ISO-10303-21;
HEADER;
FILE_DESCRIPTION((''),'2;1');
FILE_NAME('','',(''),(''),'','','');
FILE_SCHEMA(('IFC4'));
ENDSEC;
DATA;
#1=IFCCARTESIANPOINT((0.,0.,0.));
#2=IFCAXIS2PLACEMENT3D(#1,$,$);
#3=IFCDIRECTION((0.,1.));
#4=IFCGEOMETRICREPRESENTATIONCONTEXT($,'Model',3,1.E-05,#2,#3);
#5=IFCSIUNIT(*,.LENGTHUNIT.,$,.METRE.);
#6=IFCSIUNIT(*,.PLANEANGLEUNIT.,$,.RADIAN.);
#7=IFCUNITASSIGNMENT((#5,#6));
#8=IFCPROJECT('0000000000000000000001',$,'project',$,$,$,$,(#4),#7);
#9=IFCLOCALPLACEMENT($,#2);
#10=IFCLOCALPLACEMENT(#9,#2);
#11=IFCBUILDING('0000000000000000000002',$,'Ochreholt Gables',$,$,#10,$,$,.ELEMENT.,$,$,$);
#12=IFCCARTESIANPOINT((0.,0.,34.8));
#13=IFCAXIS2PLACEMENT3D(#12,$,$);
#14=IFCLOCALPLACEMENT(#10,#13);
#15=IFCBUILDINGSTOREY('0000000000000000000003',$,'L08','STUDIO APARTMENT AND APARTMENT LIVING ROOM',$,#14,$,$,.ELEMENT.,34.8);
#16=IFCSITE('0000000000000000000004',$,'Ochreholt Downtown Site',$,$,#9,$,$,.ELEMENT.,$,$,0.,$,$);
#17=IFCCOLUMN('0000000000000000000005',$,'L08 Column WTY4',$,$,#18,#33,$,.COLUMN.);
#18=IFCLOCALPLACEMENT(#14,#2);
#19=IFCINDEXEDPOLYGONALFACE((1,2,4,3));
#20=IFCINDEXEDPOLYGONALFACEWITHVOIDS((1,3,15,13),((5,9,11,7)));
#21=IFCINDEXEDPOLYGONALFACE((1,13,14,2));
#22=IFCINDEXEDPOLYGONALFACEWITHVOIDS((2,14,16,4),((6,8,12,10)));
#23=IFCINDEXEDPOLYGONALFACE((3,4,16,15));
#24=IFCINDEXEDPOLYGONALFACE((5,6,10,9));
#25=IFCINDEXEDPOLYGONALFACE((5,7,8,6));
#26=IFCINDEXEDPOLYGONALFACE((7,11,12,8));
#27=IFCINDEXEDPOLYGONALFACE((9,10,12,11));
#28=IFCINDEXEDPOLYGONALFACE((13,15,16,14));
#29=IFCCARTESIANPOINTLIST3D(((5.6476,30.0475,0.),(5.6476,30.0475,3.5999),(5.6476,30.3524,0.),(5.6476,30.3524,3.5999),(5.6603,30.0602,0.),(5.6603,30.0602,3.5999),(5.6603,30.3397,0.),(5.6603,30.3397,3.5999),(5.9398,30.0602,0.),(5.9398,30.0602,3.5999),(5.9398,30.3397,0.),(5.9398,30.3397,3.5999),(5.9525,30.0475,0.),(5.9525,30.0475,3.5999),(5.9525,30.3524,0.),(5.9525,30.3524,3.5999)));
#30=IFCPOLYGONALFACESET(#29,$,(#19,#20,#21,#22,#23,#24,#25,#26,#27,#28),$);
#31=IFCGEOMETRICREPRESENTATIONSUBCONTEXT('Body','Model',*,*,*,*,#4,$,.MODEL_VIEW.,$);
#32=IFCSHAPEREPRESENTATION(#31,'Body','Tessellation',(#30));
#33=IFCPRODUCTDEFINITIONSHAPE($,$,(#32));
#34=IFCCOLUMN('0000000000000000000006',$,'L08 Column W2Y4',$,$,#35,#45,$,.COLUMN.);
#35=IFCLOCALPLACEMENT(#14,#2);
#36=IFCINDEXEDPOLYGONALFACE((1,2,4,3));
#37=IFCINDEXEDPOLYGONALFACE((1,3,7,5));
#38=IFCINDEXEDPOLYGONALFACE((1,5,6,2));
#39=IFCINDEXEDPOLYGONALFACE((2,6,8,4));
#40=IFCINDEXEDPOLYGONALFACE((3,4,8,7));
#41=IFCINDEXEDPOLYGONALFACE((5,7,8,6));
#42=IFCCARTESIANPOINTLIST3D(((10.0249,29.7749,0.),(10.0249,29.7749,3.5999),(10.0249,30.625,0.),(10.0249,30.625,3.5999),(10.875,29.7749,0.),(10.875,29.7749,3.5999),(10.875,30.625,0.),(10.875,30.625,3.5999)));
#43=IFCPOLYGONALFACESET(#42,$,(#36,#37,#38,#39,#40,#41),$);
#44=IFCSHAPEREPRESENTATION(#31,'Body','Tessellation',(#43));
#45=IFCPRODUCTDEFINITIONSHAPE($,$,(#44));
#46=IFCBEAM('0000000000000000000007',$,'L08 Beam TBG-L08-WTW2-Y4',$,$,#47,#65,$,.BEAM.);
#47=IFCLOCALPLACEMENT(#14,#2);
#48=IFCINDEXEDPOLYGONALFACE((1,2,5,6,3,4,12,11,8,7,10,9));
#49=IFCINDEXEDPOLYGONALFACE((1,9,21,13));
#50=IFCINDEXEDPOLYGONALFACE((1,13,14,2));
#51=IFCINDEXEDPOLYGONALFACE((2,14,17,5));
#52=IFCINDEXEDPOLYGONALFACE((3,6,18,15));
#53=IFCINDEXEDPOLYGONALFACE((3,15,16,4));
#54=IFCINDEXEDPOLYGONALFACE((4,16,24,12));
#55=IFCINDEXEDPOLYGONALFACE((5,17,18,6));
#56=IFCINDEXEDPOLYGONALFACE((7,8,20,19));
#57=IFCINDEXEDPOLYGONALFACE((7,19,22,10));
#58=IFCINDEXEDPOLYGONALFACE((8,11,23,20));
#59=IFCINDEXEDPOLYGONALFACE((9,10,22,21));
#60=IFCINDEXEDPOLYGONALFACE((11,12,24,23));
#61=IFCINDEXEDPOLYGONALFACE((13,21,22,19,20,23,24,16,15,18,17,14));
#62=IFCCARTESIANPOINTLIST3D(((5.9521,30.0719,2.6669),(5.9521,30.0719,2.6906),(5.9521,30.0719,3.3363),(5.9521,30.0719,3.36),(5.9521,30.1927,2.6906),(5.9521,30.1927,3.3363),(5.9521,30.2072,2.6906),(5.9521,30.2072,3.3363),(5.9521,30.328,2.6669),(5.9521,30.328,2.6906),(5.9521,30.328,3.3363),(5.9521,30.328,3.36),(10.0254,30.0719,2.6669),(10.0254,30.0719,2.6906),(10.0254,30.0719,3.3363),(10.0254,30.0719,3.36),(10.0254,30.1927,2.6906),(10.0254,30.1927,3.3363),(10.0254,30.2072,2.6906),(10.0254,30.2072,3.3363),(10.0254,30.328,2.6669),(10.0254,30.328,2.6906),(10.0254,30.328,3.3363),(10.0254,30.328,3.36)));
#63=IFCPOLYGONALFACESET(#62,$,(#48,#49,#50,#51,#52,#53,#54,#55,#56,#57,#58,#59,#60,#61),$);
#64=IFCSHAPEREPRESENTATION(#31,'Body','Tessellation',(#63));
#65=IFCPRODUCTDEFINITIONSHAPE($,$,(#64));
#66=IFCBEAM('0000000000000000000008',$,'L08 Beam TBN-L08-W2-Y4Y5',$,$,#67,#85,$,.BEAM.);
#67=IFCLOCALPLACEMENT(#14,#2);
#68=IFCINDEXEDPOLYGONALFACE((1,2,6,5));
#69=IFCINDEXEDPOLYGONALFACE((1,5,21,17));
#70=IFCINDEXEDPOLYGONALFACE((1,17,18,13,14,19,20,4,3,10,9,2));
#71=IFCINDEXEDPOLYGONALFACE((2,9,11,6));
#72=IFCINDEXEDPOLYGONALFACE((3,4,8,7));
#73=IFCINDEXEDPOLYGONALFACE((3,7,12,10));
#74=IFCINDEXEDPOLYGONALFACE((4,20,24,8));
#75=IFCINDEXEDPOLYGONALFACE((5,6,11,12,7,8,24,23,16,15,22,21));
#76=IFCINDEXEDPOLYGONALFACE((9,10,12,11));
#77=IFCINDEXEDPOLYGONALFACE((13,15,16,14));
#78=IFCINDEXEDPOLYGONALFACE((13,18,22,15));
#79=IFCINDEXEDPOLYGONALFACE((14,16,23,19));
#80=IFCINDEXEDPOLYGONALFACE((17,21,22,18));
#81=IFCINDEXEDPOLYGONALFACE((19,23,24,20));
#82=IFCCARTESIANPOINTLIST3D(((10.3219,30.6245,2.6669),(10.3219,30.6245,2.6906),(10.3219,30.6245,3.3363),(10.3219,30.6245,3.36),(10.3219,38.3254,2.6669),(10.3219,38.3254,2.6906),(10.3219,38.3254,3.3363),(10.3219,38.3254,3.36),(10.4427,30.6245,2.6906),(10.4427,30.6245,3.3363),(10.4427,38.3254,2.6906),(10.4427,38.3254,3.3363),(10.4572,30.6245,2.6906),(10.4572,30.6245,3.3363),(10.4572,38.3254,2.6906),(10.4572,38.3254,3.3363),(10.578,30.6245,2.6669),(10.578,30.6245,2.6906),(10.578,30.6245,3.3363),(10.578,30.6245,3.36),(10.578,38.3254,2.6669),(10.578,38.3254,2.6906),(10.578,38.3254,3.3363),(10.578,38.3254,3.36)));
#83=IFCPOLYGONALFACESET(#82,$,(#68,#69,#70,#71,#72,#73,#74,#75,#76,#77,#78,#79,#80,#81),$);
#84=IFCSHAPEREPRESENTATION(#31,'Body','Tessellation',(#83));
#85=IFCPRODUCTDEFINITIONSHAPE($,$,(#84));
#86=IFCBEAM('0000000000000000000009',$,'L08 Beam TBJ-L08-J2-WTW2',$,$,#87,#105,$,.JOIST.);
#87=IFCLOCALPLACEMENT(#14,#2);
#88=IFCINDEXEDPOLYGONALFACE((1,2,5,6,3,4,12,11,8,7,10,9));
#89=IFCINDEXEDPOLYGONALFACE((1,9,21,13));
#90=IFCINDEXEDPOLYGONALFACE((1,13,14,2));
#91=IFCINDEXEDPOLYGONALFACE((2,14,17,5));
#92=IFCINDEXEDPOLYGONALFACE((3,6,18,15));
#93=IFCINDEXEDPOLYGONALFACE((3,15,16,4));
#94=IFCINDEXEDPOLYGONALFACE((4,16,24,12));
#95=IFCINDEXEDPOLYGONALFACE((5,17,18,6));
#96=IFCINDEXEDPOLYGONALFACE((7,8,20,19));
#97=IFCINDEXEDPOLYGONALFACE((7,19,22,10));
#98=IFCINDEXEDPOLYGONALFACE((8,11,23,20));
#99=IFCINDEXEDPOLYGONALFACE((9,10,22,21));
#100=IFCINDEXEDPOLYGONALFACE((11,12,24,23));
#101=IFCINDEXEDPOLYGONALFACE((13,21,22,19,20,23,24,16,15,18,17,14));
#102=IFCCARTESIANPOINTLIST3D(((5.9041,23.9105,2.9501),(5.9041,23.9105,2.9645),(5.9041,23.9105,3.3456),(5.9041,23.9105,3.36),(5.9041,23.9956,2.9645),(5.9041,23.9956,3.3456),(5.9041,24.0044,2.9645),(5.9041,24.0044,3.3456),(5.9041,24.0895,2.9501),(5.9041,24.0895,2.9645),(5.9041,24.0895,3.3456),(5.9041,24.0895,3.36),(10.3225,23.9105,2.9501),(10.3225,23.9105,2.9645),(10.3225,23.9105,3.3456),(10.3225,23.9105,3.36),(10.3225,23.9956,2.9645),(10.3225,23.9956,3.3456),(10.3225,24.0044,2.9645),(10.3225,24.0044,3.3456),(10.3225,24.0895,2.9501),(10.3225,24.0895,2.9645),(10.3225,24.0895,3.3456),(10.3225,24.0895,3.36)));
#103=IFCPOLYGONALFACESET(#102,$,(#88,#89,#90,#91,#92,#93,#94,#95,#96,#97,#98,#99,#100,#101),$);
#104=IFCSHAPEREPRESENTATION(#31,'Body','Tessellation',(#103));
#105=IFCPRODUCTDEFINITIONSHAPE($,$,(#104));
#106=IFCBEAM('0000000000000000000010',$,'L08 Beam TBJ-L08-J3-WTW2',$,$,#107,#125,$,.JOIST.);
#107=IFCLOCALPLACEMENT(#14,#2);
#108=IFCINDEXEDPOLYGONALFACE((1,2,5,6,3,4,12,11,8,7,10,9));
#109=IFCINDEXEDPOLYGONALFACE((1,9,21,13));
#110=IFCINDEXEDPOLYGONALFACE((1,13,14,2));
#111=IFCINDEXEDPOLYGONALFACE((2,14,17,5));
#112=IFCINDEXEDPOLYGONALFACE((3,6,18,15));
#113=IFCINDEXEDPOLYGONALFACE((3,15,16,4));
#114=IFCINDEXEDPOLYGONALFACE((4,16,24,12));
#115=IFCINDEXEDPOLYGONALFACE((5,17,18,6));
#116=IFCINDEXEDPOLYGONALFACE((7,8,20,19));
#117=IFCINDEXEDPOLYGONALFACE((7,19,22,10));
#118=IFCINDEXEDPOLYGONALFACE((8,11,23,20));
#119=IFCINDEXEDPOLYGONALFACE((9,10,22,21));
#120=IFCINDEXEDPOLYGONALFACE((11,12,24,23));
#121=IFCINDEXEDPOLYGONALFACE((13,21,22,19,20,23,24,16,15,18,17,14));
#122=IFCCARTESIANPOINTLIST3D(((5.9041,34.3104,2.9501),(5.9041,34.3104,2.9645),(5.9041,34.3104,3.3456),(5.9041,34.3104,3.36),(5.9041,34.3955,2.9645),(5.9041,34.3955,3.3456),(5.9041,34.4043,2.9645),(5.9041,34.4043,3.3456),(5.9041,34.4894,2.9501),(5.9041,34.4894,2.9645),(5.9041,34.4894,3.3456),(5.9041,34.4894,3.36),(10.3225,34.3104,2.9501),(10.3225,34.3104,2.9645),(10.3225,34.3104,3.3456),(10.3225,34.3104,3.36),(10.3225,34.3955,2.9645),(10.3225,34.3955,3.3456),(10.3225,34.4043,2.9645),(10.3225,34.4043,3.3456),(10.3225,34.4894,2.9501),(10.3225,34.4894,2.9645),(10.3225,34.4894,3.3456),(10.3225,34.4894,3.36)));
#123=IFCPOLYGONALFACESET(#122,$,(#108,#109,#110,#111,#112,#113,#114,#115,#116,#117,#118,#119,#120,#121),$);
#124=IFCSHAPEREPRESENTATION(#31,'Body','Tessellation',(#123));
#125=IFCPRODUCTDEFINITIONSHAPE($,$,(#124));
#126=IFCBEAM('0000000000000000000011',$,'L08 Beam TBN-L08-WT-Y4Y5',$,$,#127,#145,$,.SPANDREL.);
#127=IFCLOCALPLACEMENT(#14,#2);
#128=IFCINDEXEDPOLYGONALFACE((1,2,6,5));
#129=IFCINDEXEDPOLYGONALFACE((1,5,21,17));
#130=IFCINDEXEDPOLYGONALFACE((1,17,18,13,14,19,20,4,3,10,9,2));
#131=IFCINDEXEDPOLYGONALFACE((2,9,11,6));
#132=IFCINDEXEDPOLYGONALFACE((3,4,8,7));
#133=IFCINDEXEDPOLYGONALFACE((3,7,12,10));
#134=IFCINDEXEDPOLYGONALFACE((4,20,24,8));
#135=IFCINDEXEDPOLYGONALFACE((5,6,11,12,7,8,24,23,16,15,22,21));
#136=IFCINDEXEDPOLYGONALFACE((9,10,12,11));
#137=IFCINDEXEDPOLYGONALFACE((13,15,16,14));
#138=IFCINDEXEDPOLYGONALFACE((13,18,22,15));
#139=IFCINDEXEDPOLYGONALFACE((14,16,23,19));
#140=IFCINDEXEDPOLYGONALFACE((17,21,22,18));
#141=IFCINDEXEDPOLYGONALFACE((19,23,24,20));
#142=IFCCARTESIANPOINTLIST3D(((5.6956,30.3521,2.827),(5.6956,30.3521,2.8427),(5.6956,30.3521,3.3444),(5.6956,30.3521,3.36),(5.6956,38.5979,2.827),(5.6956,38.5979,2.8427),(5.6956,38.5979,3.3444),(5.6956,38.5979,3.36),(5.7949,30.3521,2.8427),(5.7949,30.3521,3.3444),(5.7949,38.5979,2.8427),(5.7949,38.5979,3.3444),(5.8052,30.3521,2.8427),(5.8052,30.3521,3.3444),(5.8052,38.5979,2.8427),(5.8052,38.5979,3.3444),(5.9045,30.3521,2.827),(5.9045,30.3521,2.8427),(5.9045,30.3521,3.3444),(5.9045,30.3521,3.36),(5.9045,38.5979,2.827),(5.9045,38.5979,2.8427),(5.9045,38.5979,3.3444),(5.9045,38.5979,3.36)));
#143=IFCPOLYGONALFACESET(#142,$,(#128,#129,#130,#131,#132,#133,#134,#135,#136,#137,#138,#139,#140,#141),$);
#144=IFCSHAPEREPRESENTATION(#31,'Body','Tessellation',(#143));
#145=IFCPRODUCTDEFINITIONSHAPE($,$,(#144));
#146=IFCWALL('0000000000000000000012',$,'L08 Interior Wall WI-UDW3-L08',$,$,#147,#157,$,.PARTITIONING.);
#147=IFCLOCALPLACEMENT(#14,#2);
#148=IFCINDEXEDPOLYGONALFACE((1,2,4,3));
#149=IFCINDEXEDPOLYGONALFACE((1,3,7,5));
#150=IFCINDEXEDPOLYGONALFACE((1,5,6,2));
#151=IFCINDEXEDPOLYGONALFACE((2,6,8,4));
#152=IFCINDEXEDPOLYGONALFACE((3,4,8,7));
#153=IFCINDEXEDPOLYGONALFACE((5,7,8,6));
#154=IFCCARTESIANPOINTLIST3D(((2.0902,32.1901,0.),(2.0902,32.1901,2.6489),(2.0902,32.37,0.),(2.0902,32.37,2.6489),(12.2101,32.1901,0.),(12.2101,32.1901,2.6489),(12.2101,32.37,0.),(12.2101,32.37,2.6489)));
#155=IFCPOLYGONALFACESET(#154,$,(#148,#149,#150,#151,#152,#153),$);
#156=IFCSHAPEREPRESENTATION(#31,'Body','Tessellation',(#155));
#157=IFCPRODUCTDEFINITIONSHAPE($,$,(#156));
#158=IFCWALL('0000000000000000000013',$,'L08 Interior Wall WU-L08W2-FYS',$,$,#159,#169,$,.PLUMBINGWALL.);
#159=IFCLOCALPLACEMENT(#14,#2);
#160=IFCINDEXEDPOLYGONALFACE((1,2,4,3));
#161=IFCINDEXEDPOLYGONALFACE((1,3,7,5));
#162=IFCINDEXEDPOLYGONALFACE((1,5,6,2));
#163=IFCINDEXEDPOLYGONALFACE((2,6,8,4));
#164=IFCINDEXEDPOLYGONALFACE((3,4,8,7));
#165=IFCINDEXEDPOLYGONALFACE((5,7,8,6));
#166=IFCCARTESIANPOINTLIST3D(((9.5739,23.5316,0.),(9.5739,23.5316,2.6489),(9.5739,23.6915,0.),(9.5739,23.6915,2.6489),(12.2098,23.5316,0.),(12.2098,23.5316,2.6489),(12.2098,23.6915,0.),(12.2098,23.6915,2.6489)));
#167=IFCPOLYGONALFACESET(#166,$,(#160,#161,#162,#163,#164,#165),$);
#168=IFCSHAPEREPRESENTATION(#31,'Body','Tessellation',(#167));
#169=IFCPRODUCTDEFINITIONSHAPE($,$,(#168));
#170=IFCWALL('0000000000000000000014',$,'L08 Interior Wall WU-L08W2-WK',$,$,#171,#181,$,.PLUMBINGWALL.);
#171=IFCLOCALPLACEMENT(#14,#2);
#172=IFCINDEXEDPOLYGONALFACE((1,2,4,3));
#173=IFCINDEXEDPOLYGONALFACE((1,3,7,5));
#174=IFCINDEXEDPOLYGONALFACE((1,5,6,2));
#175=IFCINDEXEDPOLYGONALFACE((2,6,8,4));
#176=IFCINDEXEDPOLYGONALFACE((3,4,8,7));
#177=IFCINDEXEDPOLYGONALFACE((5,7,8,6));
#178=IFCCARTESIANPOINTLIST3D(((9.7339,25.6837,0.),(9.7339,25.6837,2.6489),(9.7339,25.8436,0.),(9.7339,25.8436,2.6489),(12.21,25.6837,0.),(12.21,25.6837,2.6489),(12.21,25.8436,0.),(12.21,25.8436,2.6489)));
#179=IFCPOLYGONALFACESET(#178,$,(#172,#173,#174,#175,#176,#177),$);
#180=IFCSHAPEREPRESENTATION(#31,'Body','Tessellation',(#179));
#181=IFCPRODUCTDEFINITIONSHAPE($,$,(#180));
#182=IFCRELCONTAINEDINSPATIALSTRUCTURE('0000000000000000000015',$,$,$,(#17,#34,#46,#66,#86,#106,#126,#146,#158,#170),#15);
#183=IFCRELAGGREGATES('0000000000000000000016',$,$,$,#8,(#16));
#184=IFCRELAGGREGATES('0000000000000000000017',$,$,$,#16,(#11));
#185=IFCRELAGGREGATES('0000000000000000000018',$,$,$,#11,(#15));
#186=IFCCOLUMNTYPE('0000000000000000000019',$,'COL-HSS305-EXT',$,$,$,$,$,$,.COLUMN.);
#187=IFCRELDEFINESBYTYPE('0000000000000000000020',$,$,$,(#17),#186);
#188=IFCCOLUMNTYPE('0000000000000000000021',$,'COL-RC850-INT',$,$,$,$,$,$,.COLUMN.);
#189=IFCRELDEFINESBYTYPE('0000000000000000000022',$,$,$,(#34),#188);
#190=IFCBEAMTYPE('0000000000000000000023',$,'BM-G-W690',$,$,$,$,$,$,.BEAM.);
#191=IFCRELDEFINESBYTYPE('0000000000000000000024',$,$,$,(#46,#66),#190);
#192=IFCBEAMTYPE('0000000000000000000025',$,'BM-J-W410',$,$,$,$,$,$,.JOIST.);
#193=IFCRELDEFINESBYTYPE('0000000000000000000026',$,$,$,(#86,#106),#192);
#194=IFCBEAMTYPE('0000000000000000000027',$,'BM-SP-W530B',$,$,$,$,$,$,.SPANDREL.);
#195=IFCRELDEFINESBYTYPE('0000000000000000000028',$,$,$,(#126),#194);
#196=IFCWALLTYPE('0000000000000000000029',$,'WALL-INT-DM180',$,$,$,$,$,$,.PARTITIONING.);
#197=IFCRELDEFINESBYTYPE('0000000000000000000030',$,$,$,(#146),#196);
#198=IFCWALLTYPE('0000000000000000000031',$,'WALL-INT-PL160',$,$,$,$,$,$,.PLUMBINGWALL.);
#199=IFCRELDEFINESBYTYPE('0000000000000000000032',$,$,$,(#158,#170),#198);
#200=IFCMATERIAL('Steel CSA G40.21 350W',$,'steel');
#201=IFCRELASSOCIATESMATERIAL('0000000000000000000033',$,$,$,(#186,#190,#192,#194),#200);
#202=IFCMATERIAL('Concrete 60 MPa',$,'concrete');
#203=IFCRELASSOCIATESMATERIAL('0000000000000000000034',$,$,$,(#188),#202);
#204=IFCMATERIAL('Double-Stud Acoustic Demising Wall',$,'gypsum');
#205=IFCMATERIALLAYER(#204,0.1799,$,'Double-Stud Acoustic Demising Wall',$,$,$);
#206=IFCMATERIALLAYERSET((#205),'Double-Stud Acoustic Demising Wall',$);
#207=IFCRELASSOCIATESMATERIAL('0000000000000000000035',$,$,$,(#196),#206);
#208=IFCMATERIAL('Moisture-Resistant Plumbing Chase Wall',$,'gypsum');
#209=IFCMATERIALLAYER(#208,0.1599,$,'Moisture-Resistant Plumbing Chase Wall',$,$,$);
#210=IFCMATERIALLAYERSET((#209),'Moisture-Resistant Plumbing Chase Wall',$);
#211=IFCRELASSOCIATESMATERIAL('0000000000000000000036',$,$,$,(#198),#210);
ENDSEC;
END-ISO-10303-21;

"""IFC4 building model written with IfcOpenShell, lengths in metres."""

from ifc_helpers import new_model, si_unit, direction, frame, frame_2d, origin, origin_2d, place, context, subcontext, project, spatial, rectangle, hollow_rectangle, i_section, extrude, material, layer, layer_set, material_profile, profile_set, type_object, element, save


model = new_model("IFC4")

# Units and contexts
model_context = context("Model", 3, precision=1e-05, world=origin(), true_north=direction((0.0, 1.0)))
body_context = subcontext(model_context, "Body", "Model", "MODEL_VIEW")
ifc_project = project(units=[si_unit("LENGTHUNIT", "METRE"), si_unit("PLANEANGLEUNIT", "RADIAN")], contexts=[model_context])

# Site, building, storey
site_placement = place(None, origin())
site = spatial("IfcSite", under=ifc_project, at=site_placement, Name="Ochreholt Downtown Site", CompositionType="ELEMENT", RefElevation=0.0)
building_placement = place(site_placement, origin())
building = spatial("IfcBuilding", under=site, at=building_placement, Name="Ochreholt Gables", CompositionType="ELEMENT")
storey_placement = place(building_placement, frame((0.0, 0.0, 34.8)))
storey = spatial("IfcBuildingStorey", under=building, at=storey_placement, Name="L08", Description="STUDIO APARTMENT AND APARTMENT LIVING ROOM", CompositionType="ELEMENT", Elevation=34.8)

# Columns
ifc_material_1 = material(Name="Steel CSA G40.21 350W", Category="steel")
ifc_material_profile_1 = material_profile(ifc_material_1, hollow_rectangle(XDim=0.3049, YDim=0.3049, WallThickness=0.0127, at=origin_2d()), Name="HSS305X305X13")
ifc_profile_set_1 = profile_set([ifc_material_profile_1], Name="Steel CSA G40.21 350W")
column_type_1 = type_object("IfcColumnType", Name="COL-HSS305-EXT", PredefinedType="COLUMN", material=ifc_profile_set_1)
column_1_placement = place(storey_placement, frame((5.8, 30.2, 0.0), z_axis=(0.0, 0.0, 1.0), x_axis=(1.0, 0.0, 0.0)))
element("IfcColumn", 1, at=column_1_placement, inside=storey, type_object=column_type_1, Name="L08 Column WTY4", PredefinedType="COLUMN", context=body_context, shape_type="SweptSolid", body=[
    extrude(hollow_rectangle(XDim=0.3049, YDim=0.3049, WallThickness=0.0127, at=origin_2d()), origin(), (0.0, 0.0, 1.0), 3.5999),
])
ifc_material_2 = material(Name="Concrete 60 MPa", Category="concrete")
ifc_material_profile_2 = material_profile(ifc_material_2, rectangle(XDim=0.8501, YDim=0.8501, at=origin_2d()), Name="RC850X850")
ifc_profile_set_2 = profile_set([ifc_material_profile_2], Name="Concrete 60 MPa")
column_type_2 = type_object("IfcColumnType", Name="COL-RC850-INT", PredefinedType="COLUMN", material=ifc_profile_set_2)
column_2_placement = place(storey_placement, frame((10.45, 30.2, 0.0), z_axis=(0.0, 0.0, 1.0), x_axis=(1.0, 0.0, 0.0)))
element("IfcColumn", 2, at=column_2_placement, inside=storey, type_object=column_type_2, Name="L08 Column W2Y4", PredefinedType="COLUMN", context=body_context, shape_type="SweptSolid", body=[
    extrude(rectangle(XDim=0.8501, YDim=0.8501, at=origin_2d()), origin(), (0.0, 0.0, 1.0), 3.5999),
])

# Beams
ifc_material_profile_3 = material_profile(ifc_material_1, i_section(OverallWidth=0.2561, OverallDepth=0.6931, WebThickness=0.0144, FlangeThickness=0.0237, at=origin_2d()), Name="W690X170")
ifc_profile_set_3 = profile_set([ifc_material_profile_3], Name="Steel CSA G40.21 350W")
beam_type_1 = type_object("IfcBeamType", Name="BM-G-W690", PredefinedType="BEAM", material=ifc_profile_set_3)
beam_1_placement = place(storey_placement, frame((5.9521, 30.2, 3.0134), z_axis=(1.0, 0.0, 0.0), x_axis=(0.0, 1.0, 0.0)))
element("IfcBeam", 3, at=beam_1_placement, inside=storey, type_object=beam_type_1, Name="L08 Beam TBG-L08-WTW2-Y4", PredefinedType="BEAM", context=body_context, shape_type="SweptSolid", body=[
    extrude(i_section(OverallWidth=0.2561, OverallDepth=0.6931, WebThickness=0.0144, FlangeThickness=0.0237, at=origin_2d()), origin(), (0.0, 0.0, 1.0), 4.0732),
])
beam_2_placement = place(storey_placement, frame((10.45, 30.6245, 3.0134), z_axis=(0.0, 1.0, 0.0), x_axis=(-1.0, 0.0, 0.0)))
element("IfcBeam", 4, at=beam_2_placement, inside=storey, type_object=beam_type_1, Name="L08 Beam TBN-L08-W2-Y4Y5", PredefinedType="BEAM", context=body_context, shape_type="SweptSolid", body=[
    extrude(i_section(OverallWidth=0.2561, OverallDepth=0.6931, WebThickness=0.0144, FlangeThickness=0.0237, at=origin_2d()), origin(), (0.0, 0.0, 1.0), 7.7009),
])
ifc_material_profile_4 = material_profile(ifc_material_1, i_section(OverallWidth=0.179, OverallDepth=0.4099, WebThickness=0.0088, FlangeThickness=0.0144, at=origin_2d()), Name="W410X67")
ifc_profile_set_4 = profile_set([ifc_material_profile_4], Name="Steel CSA G40.21 350W")
beam_type_2 = type_object("IfcBeamType", Name="BM-J-W410", PredefinedType="JOIST", material=ifc_profile_set_4)
for number, where, z_axis, x_axis, name in (
    (5, (5.9041, 24.0, 3.155), (1.0, 0.0, 0.0), (0.0, 1.0, 0.0), "L08 Beam TBJ-L08-J2-WTW2"),
    (6, (5.9041, 34.3999, 3.155), (1.0, 0.0, 0.0), (0.0, 1.0, 0.0), "L08 Beam TBJ-L08-J3-WTW2"),
):
    element("IfcBeam", number, at=place(storey_placement, frame(where, z_axis=z_axis, x_axis=x_axis)), inside=storey, type_object=beam_type_2, Name=name, PredefinedType="JOIST", context=body_context, shape_type="SweptSolid", body=[
        extrude(i_section(OverallWidth=0.179, OverallDepth=0.4099, WebThickness=0.0088, FlangeThickness=0.0144, at=origin_2d()), origin(), (0.0, 0.0, 1.0), 4.4185),
    ])
ifc_material_profile_5 = material_profile(ifc_material_1, i_section(OverallWidth=0.209, OverallDepth=0.533, WebThickness=0.0103, FlangeThickness=0.0156, at=origin_2d()), Name="W530X92")
ifc_profile_set_5 = profile_set([ifc_material_profile_5], Name="Steel CSA G40.21 350W")
beam_type_3 = type_object("IfcBeamType", Name="BM-SP-W530B", PredefinedType="SPANDREL", material=ifc_profile_set_5)
beam_3_placement = place(storey_placement, frame((5.8, 30.3521, 3.0935), z_axis=(0.0, 1.0, 0.0), x_axis=(-1.0, 0.0, 0.0)))
element("IfcBeam", 7, at=beam_3_placement, inside=storey, type_object=beam_type_3, Name="L08 Beam TBN-L08-WT-Y4Y5", PredefinedType="SPANDREL", context=body_context, shape_type="SweptSolid", body=[
    extrude(i_section(OverallWidth=0.209, OverallDepth=0.533, WebThickness=0.0103, FlangeThickness=0.0156, at=origin_2d()), origin(), (0.0, 0.0, 1.0), 8.2458),
])

# Walls
ifc_material_3 = material(Name="Double-Stud Acoustic Demising Wall", Category="gypsum")
ifc_layer_1 = layer(ifc_material_3, 0.1799, Name="Double-Stud Acoustic Demising Wall")
ifc_layer_set_1 = layer_set([ifc_layer_1], Name="Double-Stud Acoustic Demising Wall")
wall_type_1 = type_object("IfcWallType", Name="WALL-INT-DM180", PredefinedType="PARTITIONING", material=ifc_layer_set_1)
wall_1_placement = place(storey_placement, frame((2.0901, 32.28, 0.0), z_axis=(0.0, 0.0, 1.0), x_axis=(1.0, 0.0, 0.0)))
element("IfcWall", 8, at=wall_1_placement, inside=storey, type_object=wall_type_1, Name="L08 Interior Wall WI-UDW3-L08", PredefinedType="PARTITIONING", context=body_context, shape_type="SweptSolid", body=[
    extrude(rectangle(XDim=10.1199, YDim=0.1799, at=frame_2d((5.0601, 0.0))), origin(), (0.0, 0.0, 1.0), 2.6489),
])
ifc_material_4 = material(Name="Moisture-Resistant Plumbing Chase Wall", Category="gypsum")
ifc_layer_2 = layer(ifc_material_4, 0.1599, Name="Moisture-Resistant Plumbing Chase Wall")
ifc_layer_set_2 = layer_set([ifc_layer_2], Name="Moisture-Resistant Plumbing Chase Wall")
wall_type_2 = type_object("IfcWallType", Name="WALL-INT-PL160", PredefinedType="PLUMBINGWALL", material=ifc_layer_set_2)
wall_2_placement = place(storey_placement, frame((9.574, 23.6116, 0.0), z_axis=(0.0, 0.0, 1.0), x_axis=(1.0, 0.0, 0.0)))
element("IfcWall", 9, at=wall_2_placement, inside=storey, type_object=wall_type_2, Name="L08 Interior Wall WU-L08W2-FYS", PredefinedType="PLUMBINGWALL", context=body_context, shape_type="SweptSolid", body=[
    extrude(rectangle(XDim=2.636, YDim=0.1599, at=frame_2d((1.3179, 0.0))), origin(), (0.0, 0.0, 1.0), 2.6489),
])

# Wall
wall_3_placement = place(storey_placement, frame((9.7339, 25.7637, 0.0), z_axis=(0.0, 0.0, 1.0), x_axis=(1.0, 0.0, 0.0)))
element("IfcWall", 10, at=wall_3_placement, inside=storey, type_object=wall_type_2, Name="L08 Interior Wall WU-L08W2-WK", PredefinedType="PLUMBINGWALL", context=body_context, shape_type="SweptSolid", body=[
    extrude(rectangle(XDim=2.4761, YDim=0.1599, at=frame_2d((1.238, 0.0))), origin(), (0.0, 0.0, 1.0), 2.6489),
])

save(model, "model.ifc")
